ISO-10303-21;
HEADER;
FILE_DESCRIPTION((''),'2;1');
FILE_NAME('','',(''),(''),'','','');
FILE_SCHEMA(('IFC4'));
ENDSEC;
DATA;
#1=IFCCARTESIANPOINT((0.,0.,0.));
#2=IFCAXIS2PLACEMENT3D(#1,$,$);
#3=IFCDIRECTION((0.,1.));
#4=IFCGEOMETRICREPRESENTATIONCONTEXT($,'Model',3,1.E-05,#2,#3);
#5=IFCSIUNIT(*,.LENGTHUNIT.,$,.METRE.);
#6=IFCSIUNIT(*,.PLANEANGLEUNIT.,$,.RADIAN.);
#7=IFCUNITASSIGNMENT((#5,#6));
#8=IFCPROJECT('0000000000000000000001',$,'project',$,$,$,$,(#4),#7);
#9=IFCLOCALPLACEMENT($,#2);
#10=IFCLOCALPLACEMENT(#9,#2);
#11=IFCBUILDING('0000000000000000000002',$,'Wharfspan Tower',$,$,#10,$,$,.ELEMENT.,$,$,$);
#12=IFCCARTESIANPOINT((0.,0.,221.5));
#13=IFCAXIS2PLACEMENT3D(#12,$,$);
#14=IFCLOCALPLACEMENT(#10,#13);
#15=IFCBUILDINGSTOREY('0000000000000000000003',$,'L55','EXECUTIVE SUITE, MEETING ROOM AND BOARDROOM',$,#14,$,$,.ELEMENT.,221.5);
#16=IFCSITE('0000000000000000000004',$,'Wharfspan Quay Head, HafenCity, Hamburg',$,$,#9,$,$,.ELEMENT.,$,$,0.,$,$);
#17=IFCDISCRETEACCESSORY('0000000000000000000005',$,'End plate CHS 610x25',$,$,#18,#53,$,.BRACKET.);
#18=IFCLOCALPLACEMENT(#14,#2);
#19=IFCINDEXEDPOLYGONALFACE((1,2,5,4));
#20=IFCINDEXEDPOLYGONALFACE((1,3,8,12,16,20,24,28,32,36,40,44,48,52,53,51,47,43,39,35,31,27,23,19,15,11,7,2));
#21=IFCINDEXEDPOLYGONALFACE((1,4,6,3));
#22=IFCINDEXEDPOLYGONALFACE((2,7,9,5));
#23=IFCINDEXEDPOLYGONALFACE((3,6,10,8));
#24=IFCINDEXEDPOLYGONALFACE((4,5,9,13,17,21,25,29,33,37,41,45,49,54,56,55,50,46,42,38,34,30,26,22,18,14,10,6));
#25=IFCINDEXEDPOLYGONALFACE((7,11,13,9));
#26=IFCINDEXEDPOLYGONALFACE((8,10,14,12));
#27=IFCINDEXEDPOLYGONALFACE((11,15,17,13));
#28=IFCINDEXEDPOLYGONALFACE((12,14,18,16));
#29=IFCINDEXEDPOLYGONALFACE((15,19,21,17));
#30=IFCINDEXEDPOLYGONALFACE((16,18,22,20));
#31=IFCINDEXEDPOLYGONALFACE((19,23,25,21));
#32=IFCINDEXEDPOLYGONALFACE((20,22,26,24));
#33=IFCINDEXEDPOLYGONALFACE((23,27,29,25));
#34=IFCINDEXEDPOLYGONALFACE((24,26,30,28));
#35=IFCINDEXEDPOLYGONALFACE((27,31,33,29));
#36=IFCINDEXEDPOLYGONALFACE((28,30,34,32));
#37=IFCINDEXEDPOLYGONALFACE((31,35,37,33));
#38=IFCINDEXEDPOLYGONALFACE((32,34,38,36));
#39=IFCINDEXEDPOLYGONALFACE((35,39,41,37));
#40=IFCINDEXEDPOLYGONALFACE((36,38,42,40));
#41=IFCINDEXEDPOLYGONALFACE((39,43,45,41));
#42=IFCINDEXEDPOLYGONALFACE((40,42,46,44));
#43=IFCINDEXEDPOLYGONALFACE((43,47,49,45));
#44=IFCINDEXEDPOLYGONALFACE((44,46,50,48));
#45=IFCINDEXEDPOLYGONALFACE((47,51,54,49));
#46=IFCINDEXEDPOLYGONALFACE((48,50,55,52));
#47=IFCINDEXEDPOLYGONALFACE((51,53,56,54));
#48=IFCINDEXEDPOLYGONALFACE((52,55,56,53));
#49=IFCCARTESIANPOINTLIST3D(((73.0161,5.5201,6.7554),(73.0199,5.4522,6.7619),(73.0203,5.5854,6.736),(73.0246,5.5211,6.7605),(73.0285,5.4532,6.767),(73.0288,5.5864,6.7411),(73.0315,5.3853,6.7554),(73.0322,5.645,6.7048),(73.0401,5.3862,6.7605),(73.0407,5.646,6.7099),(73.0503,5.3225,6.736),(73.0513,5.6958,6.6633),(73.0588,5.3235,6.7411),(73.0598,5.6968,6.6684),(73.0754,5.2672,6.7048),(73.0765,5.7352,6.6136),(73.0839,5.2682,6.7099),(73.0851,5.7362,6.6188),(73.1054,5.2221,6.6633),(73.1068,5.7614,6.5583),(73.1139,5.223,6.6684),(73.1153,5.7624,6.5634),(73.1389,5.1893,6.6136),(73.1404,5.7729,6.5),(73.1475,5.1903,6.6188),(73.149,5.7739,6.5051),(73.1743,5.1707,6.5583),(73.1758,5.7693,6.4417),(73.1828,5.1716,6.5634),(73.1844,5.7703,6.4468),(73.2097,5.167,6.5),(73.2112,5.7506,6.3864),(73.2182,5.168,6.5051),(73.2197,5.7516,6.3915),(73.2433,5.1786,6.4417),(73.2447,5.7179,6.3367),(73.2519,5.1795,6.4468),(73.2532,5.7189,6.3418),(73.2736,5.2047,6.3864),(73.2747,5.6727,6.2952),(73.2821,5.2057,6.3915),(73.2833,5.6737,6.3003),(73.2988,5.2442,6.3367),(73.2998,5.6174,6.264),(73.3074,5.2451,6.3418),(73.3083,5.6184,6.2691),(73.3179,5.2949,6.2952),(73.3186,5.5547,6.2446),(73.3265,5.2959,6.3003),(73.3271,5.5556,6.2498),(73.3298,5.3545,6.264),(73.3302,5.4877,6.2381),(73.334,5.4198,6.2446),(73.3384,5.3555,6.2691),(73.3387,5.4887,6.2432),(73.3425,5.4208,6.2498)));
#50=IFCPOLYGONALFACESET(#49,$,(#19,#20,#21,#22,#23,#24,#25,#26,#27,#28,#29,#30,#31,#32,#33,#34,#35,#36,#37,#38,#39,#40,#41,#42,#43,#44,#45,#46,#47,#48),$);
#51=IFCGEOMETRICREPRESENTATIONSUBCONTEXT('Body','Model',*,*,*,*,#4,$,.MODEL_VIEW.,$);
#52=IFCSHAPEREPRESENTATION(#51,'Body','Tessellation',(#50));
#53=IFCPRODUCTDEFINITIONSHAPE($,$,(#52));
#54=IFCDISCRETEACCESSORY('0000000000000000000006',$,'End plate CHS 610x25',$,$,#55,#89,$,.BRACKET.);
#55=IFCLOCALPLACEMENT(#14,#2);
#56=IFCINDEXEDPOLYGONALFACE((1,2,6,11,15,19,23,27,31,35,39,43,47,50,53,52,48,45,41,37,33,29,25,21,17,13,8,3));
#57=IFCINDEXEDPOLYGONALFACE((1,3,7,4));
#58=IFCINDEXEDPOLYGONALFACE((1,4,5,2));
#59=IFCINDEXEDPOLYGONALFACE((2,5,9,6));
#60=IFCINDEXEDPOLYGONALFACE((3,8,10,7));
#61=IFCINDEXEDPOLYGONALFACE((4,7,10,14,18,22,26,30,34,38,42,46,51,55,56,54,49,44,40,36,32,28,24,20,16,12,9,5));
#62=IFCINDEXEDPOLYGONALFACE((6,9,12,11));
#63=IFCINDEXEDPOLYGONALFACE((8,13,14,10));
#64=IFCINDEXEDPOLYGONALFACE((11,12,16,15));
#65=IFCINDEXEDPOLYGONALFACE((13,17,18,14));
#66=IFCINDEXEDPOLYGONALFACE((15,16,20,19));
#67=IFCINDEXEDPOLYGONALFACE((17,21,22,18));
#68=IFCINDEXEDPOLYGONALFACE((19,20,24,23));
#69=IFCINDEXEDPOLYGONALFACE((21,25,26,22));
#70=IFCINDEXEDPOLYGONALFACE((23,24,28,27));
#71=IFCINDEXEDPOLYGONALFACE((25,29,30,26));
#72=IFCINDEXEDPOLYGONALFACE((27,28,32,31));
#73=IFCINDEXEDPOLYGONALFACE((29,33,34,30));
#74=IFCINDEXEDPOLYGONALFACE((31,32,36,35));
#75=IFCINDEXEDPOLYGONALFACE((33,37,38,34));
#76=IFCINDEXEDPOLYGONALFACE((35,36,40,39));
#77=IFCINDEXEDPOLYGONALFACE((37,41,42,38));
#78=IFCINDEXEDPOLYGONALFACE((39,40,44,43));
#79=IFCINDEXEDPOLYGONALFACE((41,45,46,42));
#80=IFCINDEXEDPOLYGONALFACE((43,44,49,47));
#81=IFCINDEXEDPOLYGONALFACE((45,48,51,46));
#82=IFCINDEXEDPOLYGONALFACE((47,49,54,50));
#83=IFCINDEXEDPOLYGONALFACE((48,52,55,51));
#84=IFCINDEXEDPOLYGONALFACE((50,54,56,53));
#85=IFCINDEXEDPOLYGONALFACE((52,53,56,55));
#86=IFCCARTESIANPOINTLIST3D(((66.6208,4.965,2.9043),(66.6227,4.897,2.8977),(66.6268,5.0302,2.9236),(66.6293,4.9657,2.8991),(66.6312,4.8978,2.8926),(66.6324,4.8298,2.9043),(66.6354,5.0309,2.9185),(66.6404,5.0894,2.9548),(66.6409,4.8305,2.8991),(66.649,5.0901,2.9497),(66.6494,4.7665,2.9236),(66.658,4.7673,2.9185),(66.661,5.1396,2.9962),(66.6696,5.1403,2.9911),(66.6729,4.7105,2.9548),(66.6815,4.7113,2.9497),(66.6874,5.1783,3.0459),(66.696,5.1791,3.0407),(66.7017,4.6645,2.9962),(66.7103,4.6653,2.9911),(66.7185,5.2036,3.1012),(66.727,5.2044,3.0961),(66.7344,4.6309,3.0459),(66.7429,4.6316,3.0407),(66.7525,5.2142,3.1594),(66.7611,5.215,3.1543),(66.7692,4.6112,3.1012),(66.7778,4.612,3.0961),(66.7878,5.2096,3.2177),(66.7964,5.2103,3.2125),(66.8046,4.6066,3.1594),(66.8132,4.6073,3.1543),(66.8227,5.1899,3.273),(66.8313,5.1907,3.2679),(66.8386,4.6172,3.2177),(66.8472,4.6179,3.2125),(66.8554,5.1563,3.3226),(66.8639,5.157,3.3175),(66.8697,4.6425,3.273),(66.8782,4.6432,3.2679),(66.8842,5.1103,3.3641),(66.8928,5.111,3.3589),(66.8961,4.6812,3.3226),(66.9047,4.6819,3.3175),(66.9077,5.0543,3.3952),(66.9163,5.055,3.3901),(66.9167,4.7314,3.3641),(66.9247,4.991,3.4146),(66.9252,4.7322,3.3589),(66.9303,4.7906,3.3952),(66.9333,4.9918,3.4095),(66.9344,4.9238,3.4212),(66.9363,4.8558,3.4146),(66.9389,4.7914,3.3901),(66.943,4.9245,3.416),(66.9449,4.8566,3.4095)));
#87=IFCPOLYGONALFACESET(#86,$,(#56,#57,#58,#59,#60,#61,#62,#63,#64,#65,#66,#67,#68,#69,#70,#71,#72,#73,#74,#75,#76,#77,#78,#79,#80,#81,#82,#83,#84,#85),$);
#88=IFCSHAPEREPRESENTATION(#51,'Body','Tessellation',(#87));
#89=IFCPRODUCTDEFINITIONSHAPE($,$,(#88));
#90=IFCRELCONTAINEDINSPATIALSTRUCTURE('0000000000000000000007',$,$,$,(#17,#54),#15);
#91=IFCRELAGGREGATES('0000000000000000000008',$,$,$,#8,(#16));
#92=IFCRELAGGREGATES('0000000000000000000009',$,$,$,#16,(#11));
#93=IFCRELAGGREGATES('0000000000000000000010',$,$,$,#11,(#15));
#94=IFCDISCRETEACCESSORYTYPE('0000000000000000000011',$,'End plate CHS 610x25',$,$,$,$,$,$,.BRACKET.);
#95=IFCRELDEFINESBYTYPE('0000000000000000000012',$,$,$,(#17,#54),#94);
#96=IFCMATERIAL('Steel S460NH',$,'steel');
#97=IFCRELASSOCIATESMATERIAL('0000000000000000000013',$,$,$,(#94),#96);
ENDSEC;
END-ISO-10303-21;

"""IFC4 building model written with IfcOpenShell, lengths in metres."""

from ifc_helpers import new_model, si_unit, direction, frame, origin, origin_2d, place, context, subcontext, project, spatial, circle, extrude, material, material_profile, profile_set, type_object, element, save


model = new_model("IFC4")

# Units and contexts
model_context = context("Model", 3, precision=1e-05, world=origin(), true_north=direction((0.0, 1.0)))
body_context = subcontext(model_context, "Body", "Model", "MODEL_VIEW")
ifc_project = project(units=[si_unit("LENGTHUNIT", "METRE"), si_unit("PLANEANGLEUNIT", "RADIAN")], contexts=[model_context])

# Site, building, storey
site_placement = place(None, origin())
site = spatial("IfcSite", under=ifc_project, at=site_placement, Name="Wharfspan Quay Head, HafenCity, Hamburg", CompositionType="ELEMENT", RefElevation=0.0)
building_placement = place(site_placement, origin())
building = spatial("IfcBuilding", under=site, at=building_placement, Name="Wharfspan Tower", CompositionType="ELEMENT")
storey_placement = place(building_placement, frame((0.0, 0.0, 221.5)))
storey = spatial("IfcBuildingStorey", under=building, at=storey_placement, Name="L55", Description="EXECUTIVE SUITE, MEETING ROOM AND BOARDROOM", CompositionType="ELEMENT", Elevation=221.5)

# Shared definitions
ifc_material_1 = material(Name="Steel S460NH", Category="steel")

# Discrete accessories
ifc_material_profile_1 = material_profile(ifc_material_1, circle(Radius=0.3049, at=origin_2d()))
ifc_profile_set_1 = profile_set([ifc_material_profile_1], Name="Steel S460NH")
discrete_accessory_type = type_object("IfcDiscreteAccessoryType", Name="End plate CHS 610x25", PredefinedType="BRACKET", material=ifc_profile_set_1)
for number, where, z_axis, x_axis, name in (
    (1, (73.175, 5.47, 6.5), (0.853405, 0.097532, 0.512043), (-0.113547, 0.993531, 0.000001), "End plate CHS 610x25"),
    (2, (66.7871, 4.9111, 3.1543), (-0.855186, -0.073302, 0.513112), (0.085402, -0.996345, 0.000001), "End plate CHS 610x25"),
):
    element("IfcDiscreteAccessory", number, at=place(storey_placement, frame(where, z_axis=z_axis, x_axis=x_axis)), inside=storey, type_object=discrete_accessory_type, Name=name, PredefinedType="BRACKET", context=body_context, shape_type="SweptSolid", body=[
        extrude(circle(Radius=0.3049, at=origin_2d()), origin(), (0.0, 0.0, 1.0), 0.01),
    ])

save(model, "model.ifc")
